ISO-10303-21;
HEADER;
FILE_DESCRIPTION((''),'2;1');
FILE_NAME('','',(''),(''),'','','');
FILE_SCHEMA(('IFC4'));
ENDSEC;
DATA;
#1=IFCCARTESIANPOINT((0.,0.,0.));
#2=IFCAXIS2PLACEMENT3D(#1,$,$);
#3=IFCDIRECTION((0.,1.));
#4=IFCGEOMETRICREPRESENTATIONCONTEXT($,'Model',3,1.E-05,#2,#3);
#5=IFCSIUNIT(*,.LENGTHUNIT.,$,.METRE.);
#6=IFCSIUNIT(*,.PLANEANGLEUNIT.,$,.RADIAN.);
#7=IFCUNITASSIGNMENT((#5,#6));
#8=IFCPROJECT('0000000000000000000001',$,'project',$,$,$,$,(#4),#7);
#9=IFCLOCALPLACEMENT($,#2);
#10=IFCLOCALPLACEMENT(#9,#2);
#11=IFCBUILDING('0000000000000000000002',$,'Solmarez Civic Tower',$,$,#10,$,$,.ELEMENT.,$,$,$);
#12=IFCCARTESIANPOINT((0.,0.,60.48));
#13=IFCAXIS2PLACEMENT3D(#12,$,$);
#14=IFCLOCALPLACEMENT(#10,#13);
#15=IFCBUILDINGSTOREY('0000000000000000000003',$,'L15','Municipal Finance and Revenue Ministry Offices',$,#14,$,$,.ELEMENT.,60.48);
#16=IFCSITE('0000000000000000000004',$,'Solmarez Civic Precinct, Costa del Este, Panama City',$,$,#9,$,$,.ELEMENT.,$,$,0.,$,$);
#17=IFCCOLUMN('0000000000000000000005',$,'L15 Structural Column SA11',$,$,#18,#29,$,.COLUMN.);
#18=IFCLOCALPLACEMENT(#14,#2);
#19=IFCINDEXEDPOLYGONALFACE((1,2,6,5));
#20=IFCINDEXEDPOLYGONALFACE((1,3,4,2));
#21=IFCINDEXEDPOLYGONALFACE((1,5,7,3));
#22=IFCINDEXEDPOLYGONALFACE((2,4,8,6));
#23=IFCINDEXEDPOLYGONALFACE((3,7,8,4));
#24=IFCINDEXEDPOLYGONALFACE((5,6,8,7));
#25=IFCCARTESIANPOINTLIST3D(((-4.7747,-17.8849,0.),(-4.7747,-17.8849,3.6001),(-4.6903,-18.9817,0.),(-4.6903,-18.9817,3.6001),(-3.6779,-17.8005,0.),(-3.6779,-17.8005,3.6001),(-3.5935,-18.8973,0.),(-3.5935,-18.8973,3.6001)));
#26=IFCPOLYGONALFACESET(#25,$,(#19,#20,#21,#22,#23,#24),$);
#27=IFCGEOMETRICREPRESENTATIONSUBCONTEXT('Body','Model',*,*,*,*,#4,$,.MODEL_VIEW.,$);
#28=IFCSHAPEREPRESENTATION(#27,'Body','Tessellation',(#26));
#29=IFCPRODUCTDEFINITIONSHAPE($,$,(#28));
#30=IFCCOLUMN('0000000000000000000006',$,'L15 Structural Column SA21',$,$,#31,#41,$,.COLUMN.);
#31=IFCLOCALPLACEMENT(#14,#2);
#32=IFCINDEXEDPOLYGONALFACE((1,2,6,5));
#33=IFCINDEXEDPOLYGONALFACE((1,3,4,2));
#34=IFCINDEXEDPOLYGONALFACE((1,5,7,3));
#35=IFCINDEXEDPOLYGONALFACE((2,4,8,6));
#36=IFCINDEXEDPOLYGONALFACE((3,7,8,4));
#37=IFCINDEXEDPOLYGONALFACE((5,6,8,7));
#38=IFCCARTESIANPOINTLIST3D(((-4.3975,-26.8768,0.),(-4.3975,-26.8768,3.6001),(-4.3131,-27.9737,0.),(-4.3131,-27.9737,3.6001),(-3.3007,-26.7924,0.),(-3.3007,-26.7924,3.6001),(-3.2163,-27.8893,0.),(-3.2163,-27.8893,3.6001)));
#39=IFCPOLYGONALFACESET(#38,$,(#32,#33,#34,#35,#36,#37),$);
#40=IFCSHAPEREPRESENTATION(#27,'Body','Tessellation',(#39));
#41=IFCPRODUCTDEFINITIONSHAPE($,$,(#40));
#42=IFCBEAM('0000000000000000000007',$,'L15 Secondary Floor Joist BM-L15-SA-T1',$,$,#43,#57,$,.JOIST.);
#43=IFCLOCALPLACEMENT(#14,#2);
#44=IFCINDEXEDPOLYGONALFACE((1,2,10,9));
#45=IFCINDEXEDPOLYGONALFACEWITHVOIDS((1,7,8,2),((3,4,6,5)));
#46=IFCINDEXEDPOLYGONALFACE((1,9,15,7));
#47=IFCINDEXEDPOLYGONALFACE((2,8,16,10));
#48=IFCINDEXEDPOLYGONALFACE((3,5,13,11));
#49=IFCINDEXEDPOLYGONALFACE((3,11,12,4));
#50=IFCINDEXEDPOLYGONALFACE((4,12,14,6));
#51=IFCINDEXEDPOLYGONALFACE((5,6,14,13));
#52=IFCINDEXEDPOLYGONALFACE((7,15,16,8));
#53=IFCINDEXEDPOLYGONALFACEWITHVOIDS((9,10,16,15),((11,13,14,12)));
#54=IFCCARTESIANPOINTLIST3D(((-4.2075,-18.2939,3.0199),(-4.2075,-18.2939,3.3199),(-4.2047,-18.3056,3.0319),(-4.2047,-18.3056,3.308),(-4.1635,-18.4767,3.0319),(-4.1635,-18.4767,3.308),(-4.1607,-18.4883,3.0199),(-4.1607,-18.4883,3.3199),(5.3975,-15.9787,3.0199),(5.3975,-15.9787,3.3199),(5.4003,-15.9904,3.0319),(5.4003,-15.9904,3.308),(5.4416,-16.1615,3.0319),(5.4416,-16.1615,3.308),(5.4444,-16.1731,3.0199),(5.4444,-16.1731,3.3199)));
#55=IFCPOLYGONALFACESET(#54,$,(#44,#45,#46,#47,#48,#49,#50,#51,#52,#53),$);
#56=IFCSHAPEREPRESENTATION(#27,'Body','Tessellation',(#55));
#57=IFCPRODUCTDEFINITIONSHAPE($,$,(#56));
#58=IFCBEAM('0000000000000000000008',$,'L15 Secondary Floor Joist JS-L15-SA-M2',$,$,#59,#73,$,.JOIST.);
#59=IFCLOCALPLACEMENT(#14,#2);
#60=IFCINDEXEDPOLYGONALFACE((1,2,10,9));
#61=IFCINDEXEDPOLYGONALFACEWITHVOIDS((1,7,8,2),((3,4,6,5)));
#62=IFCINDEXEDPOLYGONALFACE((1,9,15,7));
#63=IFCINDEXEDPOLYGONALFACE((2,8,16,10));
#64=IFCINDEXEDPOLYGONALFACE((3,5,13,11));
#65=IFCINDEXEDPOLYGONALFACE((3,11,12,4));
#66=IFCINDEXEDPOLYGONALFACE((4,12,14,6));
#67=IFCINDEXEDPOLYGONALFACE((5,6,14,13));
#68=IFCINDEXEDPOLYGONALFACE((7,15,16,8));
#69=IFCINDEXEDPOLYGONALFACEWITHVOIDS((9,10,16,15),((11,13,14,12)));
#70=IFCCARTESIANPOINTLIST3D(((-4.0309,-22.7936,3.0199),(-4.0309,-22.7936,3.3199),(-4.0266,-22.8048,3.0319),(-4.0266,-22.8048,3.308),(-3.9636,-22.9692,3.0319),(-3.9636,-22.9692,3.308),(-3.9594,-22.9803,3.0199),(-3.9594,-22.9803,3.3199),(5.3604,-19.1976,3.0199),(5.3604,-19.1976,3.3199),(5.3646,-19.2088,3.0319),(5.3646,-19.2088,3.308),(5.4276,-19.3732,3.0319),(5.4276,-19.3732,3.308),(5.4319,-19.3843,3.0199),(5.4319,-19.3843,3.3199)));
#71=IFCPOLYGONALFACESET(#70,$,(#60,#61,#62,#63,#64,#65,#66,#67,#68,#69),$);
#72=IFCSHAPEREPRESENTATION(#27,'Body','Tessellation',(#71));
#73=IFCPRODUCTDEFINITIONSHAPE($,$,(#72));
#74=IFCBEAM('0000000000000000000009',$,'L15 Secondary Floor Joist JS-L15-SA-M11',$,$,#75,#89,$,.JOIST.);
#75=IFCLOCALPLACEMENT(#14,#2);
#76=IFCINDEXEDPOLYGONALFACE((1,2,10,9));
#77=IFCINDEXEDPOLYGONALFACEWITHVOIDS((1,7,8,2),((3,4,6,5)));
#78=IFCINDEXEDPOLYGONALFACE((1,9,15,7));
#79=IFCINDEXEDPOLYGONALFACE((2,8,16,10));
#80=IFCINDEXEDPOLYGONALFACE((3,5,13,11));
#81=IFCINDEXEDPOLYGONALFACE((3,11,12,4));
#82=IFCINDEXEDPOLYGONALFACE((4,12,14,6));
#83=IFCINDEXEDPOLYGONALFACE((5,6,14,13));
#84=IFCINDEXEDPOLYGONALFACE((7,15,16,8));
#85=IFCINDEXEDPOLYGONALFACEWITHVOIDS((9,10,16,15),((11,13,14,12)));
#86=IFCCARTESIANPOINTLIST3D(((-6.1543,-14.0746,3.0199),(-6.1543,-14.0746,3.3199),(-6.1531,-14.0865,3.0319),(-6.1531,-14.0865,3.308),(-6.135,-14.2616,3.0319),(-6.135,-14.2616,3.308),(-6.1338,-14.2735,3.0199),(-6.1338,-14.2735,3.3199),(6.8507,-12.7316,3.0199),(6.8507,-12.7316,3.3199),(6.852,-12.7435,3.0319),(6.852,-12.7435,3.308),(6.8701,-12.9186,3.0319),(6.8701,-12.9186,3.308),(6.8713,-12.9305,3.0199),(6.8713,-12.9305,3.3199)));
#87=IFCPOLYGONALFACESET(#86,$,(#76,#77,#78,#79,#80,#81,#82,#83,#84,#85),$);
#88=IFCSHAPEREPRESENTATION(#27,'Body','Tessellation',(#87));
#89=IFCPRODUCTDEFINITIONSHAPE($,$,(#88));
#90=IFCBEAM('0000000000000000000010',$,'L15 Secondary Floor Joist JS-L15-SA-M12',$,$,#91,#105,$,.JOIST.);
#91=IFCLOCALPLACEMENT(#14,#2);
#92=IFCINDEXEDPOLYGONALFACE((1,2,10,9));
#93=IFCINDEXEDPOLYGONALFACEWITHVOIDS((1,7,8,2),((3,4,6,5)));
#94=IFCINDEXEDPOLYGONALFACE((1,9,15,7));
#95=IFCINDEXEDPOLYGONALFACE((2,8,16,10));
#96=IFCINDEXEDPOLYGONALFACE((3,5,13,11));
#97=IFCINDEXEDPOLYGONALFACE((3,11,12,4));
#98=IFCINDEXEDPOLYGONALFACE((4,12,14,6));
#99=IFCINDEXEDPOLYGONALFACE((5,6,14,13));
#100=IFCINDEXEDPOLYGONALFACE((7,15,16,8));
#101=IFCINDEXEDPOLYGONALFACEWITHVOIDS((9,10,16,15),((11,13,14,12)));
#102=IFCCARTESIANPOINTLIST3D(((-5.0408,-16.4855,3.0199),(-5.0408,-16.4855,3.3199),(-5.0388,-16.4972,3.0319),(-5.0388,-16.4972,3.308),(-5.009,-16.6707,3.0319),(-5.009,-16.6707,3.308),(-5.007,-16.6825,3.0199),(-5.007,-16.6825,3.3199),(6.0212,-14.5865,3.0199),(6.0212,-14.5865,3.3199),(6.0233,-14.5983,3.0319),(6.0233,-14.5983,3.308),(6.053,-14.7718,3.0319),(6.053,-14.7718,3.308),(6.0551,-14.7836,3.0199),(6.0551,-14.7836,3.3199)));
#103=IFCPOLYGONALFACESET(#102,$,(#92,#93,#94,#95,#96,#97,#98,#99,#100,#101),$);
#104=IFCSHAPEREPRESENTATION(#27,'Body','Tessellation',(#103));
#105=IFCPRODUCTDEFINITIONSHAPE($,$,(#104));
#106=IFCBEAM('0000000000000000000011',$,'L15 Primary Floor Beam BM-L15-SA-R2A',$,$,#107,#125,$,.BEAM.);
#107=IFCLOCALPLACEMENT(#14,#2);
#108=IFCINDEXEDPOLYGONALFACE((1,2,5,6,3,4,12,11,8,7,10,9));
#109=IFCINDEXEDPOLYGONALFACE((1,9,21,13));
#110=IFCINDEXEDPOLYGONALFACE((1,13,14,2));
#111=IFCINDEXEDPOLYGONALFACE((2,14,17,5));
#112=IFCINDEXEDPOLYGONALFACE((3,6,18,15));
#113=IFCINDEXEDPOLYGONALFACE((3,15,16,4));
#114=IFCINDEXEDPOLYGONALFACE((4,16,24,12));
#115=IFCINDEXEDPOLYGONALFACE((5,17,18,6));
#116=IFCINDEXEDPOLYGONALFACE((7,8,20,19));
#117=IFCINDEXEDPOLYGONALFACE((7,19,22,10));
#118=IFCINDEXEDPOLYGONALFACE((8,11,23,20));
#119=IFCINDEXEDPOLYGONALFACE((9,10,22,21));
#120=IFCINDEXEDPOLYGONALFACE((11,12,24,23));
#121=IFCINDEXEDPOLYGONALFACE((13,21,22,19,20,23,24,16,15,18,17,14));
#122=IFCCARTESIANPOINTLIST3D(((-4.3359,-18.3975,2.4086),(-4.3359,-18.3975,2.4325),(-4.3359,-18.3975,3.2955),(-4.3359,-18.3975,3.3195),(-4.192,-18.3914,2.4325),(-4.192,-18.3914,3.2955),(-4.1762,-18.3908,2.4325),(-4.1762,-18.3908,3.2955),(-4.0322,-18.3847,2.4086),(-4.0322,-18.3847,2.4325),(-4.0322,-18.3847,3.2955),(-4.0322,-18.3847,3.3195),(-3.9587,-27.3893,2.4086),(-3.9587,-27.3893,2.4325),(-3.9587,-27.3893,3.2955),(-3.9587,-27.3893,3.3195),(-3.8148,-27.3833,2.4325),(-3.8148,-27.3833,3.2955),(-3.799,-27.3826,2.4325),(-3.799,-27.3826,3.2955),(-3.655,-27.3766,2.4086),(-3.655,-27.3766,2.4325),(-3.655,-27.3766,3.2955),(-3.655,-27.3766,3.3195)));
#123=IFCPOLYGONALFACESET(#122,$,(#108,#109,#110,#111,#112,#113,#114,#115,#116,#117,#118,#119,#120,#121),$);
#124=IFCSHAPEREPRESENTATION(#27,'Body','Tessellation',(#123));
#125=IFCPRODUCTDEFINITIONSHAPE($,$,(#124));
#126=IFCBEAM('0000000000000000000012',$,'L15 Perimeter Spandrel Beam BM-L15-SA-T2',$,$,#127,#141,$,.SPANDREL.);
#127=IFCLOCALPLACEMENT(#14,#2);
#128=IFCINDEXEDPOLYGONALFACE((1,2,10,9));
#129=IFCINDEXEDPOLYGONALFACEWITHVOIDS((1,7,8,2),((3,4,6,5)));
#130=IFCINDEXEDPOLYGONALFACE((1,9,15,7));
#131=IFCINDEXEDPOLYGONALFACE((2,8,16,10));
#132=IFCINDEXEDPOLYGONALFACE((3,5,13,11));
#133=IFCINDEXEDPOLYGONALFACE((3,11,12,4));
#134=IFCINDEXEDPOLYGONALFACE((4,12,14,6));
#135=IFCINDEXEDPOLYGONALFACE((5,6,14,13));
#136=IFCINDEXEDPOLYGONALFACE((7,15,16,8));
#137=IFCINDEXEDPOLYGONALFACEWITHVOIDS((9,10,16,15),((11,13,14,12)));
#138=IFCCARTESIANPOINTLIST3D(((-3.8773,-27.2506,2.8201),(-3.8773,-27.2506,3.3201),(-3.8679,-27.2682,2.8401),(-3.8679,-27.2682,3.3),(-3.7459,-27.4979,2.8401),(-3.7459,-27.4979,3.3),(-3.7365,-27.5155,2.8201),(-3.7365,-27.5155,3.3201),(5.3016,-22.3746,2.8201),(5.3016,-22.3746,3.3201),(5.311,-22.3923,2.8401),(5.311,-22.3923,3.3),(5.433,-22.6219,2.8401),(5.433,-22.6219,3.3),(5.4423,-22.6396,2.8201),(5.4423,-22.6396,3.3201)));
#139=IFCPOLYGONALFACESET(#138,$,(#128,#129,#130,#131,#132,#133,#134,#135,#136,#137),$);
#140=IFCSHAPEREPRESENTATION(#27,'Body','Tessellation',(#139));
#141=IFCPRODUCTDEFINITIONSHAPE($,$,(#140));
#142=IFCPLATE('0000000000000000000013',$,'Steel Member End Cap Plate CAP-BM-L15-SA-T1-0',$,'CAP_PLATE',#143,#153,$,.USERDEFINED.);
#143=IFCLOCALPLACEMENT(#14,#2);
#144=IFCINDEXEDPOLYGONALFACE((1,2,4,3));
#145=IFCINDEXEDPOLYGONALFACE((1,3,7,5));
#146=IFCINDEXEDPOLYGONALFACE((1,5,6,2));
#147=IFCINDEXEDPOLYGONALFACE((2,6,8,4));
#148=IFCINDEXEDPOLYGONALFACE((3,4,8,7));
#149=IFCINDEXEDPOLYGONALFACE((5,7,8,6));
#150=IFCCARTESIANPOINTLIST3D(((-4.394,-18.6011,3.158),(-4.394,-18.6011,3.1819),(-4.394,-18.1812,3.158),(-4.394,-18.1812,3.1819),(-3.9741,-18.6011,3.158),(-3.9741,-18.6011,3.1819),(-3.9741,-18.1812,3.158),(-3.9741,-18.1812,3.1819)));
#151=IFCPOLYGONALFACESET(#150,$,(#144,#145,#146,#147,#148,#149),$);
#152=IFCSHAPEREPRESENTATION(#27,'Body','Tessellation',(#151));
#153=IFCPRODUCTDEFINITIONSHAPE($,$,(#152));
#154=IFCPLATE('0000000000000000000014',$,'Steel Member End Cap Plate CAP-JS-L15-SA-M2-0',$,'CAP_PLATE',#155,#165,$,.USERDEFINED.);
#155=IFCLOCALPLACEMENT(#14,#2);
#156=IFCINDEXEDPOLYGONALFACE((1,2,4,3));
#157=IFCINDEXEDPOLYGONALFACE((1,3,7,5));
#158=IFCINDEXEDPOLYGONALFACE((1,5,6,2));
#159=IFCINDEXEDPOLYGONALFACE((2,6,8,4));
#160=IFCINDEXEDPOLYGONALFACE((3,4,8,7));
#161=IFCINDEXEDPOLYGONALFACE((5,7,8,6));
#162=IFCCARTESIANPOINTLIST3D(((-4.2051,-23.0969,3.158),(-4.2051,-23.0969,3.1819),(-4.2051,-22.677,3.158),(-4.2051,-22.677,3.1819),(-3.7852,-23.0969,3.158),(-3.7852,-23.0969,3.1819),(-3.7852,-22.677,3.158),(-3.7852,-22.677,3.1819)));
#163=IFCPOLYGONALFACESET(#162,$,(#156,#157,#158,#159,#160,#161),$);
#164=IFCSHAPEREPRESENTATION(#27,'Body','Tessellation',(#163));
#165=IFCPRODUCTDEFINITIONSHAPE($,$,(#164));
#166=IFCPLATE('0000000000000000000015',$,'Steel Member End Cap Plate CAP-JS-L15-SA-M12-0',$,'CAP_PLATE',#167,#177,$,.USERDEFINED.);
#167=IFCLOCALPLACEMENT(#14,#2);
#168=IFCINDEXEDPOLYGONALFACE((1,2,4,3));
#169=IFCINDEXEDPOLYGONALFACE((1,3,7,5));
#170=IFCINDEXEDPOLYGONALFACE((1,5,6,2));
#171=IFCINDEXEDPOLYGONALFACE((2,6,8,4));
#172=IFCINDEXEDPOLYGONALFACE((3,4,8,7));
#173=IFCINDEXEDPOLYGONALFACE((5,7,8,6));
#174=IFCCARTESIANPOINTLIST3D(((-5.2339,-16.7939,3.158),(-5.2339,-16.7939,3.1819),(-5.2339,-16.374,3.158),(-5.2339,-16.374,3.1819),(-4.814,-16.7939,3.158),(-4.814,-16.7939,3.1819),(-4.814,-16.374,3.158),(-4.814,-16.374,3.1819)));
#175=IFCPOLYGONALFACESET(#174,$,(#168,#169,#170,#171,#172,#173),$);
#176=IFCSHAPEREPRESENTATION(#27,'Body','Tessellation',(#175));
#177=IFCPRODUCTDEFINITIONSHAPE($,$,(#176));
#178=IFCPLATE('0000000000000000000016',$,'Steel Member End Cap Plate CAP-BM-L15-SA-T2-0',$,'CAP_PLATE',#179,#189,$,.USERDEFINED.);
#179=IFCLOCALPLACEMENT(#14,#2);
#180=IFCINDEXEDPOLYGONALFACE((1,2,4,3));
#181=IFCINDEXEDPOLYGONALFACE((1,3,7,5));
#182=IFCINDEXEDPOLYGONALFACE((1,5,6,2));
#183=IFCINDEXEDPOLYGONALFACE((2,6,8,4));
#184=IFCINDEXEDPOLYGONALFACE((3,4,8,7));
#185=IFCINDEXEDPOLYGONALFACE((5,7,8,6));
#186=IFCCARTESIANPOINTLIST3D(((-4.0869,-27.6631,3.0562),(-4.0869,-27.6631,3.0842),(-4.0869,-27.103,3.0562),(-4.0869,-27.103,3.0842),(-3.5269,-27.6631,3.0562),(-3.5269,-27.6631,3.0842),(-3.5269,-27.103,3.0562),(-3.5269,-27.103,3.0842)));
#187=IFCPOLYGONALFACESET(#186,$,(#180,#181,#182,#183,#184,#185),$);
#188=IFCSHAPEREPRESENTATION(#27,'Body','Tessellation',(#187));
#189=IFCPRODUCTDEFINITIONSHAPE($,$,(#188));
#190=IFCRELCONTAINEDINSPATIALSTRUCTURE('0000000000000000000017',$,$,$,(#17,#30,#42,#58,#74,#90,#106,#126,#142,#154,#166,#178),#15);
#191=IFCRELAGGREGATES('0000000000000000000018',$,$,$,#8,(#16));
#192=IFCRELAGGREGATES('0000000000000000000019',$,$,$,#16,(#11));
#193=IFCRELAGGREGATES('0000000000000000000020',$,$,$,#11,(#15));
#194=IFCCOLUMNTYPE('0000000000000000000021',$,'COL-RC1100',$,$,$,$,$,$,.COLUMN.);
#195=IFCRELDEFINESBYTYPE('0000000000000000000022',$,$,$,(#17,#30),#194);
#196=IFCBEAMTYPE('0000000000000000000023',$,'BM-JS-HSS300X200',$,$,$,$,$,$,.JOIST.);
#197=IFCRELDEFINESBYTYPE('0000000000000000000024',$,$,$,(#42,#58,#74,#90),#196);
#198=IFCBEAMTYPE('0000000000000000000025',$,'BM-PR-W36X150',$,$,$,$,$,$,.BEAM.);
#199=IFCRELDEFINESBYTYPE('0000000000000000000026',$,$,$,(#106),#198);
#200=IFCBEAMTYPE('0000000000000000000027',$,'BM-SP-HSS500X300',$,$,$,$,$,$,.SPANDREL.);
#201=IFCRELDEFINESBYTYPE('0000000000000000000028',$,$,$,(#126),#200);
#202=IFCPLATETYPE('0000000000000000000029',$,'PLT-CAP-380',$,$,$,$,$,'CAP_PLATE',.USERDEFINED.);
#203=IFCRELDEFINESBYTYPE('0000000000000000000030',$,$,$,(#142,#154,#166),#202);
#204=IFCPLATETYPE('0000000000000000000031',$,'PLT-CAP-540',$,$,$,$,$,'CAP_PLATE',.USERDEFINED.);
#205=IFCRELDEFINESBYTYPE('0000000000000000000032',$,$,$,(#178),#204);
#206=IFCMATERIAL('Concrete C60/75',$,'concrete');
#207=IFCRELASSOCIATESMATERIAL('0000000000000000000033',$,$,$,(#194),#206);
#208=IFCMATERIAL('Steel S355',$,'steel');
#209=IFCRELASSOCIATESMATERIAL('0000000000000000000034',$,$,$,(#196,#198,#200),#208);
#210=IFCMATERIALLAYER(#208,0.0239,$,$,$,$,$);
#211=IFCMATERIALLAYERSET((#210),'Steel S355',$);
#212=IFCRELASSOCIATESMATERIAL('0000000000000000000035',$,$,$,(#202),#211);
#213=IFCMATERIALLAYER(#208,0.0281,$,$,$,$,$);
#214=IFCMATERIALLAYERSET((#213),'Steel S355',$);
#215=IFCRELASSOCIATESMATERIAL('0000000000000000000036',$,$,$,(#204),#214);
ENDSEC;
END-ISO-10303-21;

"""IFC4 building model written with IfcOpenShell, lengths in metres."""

from ifc_helpers import new_model, si_unit, direction, frame, origin, origin_2d, place, context, subcontext, project, spatial, rectangle, hollow_rectangle, i_section, extrude, material, layer, layer_set, material_profile, profile_set, type_object, element, save


model = new_model("IFC4")

# Units and contexts
model_context = context("Model", 3, precision=1e-05, world=origin(), true_north=direction((0.0, 1.0)))
body_context = subcontext(model_context, "Body", "Model", "MODEL_VIEW")
ifc_project = project(units=[si_unit("LENGTHUNIT", "METRE"), si_unit("PLANEANGLEUNIT", "RADIAN")], contexts=[model_context])

# Site, building, storey
site_placement = place(None, origin())
site = spatial("IfcSite", under=ifc_project, at=site_placement, Name="Solmarez Civic Precinct, Costa del Este, Panama City", CompositionType="ELEMENT", RefElevation=0.0)
building_placement = place(site_placement, origin())
building = spatial("IfcBuilding", under=site, at=building_placement, Name="Solmarez Civic Tower", CompositionType="ELEMENT")
storey_placement = place(building_placement, frame((0.0, 0.0, 60.48)))
storey = spatial("IfcBuildingStorey", under=building, at=storey_placement, Name="L15", Description="Municipal Finance and Revenue Ministry Offices", CompositionType="ELEMENT", Elevation=60.48)

# Columns
ifc_material_1 = material(Name="Concrete C60/75", Category="concrete")
ifc_material_profile_1 = material_profile(ifc_material_1, rectangle(XDim=1.1001, YDim=1.1001, at=origin_2d()), Name="RC1100X1100")
ifc_profile_set_1 = profile_set([ifc_material_profile_1], Name="Concrete C60/75")
column_type = type_object("IfcColumnType", Name="COL-RC1100", PredefinedType="COLUMN", material=ifc_profile_set_1)
for number, where, z_axis, x_axis, name in (
    (1, (-4.1841, -18.3911, 0.0), (0.0, 0.0, 1.0), (0.997053, 0.076719, 0.0), "L15 Structural Column SA11"),
    (2, (-3.8069, -27.3831, 0.0), (0.0, 0.0, 1.0), (0.997053, 0.076719, 0.0), "L15 Structural Column SA21"),
):
    element("IfcColumn", number, at=place(storey_placement, frame(where, z_axis=z_axis, x_axis=x_axis)), inside=storey, type_object=column_type, Name=name, PredefinedType="COLUMN", context=body_context, shape_type="SweptSolid", body=[
        extrude(rectangle(XDim=1.1001, YDim=1.1001, at=origin_2d()), origin(), (0.0, 0.0, 1.0), 3.6001),
    ])

# Beams
ifc_material_2 = material(Name="Steel S355", Category="steel")
ifc_material_profile_2 = material_profile(ifc_material_2, hollow_rectangle(XDim=0.2, YDim=0.3, WallThickness=0.012, at=origin_2d()), Name="HSS300X200X12")
ifc_profile_set_2 = profile_set([ifc_material_profile_2], Name="Steel S355")
beam_type_1 = type_object("IfcBeamType", Name="BM-JS-HSS300X200", PredefinedType="JOIST", material=ifc_profile_set_2)
beam_1_placement = place(storey_placement, frame((-4.1841, -18.3911, 3.1699), z_axis=(0.972157, 0.234329, 0.0), x_axis=(-0.234329, 0.972157, 0.0)))
element("IfcBeam", 3, at=beam_1_placement, inside=storey, type_object=beam_type_1, Name="L15 Secondary Floor Joist BM-L15-SA-T1", PredefinedType="JOIST", context=body_context, shape_type="SweptSolid", body=[
    extrude(hollow_rectangle(XDim=0.2, YDim=0.3, WallThickness=0.012, at=origin_2d()), origin(), (0.0, 0.0, 1.0), 9.8801),
])
beam_2_placement = place(storey_placement, frame((-3.9951, -22.887, 3.1699), z_axis=(0.933878, 0.357591, 0.0), x_axis=(-0.357591, 0.933878, 0.0)))
element("IfcBeam", 4, at=beam_2_placement, inside=storey, type_object=beam_type_1, Name="L15 Secondary Floor Joist JS-L15-SA-M2", PredefinedType="JOIST", context=body_context, shape_type="SweptSolid", body=[
    extrude(hollow_rectangle(XDim=0.2, YDim=0.3, WallThickness=0.012, at=origin_2d()), origin(), (0.0, 0.0, 1.0), 10.0562),
])
beam_3_placement = place(storey_placement, frame((-6.144, -14.1741, 3.1699), z_axis=(0.99471, 0.102722, 0.0), x_axis=(-0.102722, 0.99471, 0.0)))
element("IfcBeam", 5, at=beam_3_placement, inside=storey, type_object=beam_type_1, Name="L15 Secondary Floor Joist JS-L15-SA-M11", PredefinedType="JOIST", context=body_context, shape_type="SweptSolid", body=[
    extrude(hollow_rectangle(XDim=0.2, YDim=0.3, WallThickness=0.012, at=origin_2d()), origin(), (0.0, 0.0, 1.0), 13.0742),
])
beam_4_placement = place(storey_placement, frame((-5.0239, -16.584, 3.1699), z_axis=(0.985584, 0.169187, 0.0), x_axis=(-0.169187, 0.985584, 0.0)))
element("IfcBeam", 6, at=beam_4_placement, inside=storey, type_object=beam_type_1, Name="L15 Secondary Floor Joist JS-L15-SA-M12", PredefinedType="JOIST", context=body_context, shape_type="SweptSolid", body=[
    extrude(hollow_rectangle(XDim=0.2, YDim=0.3, WallThickness=0.012, at=origin_2d()), origin(), (0.0, 0.0, 1.0), 11.2239),
])
ifc_material_profile_3 = material_profile(ifc_material_2, i_section(OverallWidth=0.304, OverallDepth=0.9109, WebThickness=0.0159, FlangeThickness=0.0239, at=origin_2d()), Name="W36X150")
ifc_profile_set_3 = profile_set([ifc_material_profile_3], Name="Steel S355")
beam_type_2 = type_object("IfcBeamType", Name="BM-PR-W36X150", PredefinedType="BEAM", material=ifc_profile_set_3)
beam_5_placement = place(storey_placement, frame((-4.1841, -18.3911, 2.864), z_axis=(0.041911, -0.999121, 0.0), x_axis=(0.999121, 0.041911, 0.0)))
element("IfcBeam", 7, at=beam_5_placement, inside=storey, type_object=beam_type_2, Name="L15 Primary Floor Beam BM-L15-SA-R2A", PredefinedType="BEAM", context=body_context, shape_type="SweptSolid", body=[
    extrude(i_section(OverallWidth=0.304, OverallDepth=0.9109, WebThickness=0.0159, FlangeThickness=0.0239, at=origin_2d()), origin(), (0.0, 0.0, 1.0), 8.9998),
])
ifc_material_profile_4 = material_profile(ifc_material_2, hollow_rectangle(XDim=0.3, YDim=0.5, WallThickness=0.02, at=origin_2d()), Name="HSS500X300X20")
ifc_profile_set_4 = profile_set([ifc_material_profile_4], Name="Steel S355")
beam_type_3 = type_object("IfcBeamType", Name="BM-SP-HSS500X300", PredefinedType="SPANDREL", material=ifc_profile_set_4)
beam_6_placement = place(storey_placement, frame((-3.8069, -27.3831, 3.0701), z_axis=(0.883129, 0.469129, 0.0), x_axis=(-0.469129, 0.883129, 0.0)))
element("IfcBeam", 8, at=beam_6_placement, inside=storey, type_object=beam_type_3, Name="L15 Perimeter Spandrel Beam BM-L15-SA-T2", PredefinedType="SPANDREL", context=body_context, shape_type="SweptSolid", body=[
    extrude(hollow_rectangle(XDim=0.3, YDim=0.5, WallThickness=0.02, at=origin_2d()), origin(), (0.0, 0.0, 1.0), 10.3936),
])

# Plates
ifc_layer_1 = layer(ifc_material_2, 0.0239)
ifc_layer_set_1 = layer_set([ifc_layer_1], Name="Steel S355")
plate_type_1 = type_object("IfcPlateType", Name="PLT-CAP-380", ElementType="CAP_PLATE", PredefinedType="USERDEFINED", material=ifc_layer_set_1)
for number, where, z_axis, x_axis, name in (
    (9, (-4.1841, -18.3911, 3.158), (0.0, 0.0, 1.0), (1.0, 0.0, 0.0), "Steel Member End Cap Plate CAP-BM-L15-SA-T1-0"),
    (10, (-3.9951, -22.887, 3.158), (0.0, 0.0, 1.0), (1.0, 0.0, 0.0), "Steel Member End Cap Plate CAP-JS-L15-SA-M2-0"),
    (11, (-5.0239, -16.584, 3.158), (0.0, 0.0, 1.0), (1.0, 0.0, 0.0), "Steel Member End Cap Plate CAP-JS-L15-SA-M12-0"),
):
    element("IfcPlate", number, at=place(storey_placement, frame(where, z_axis=z_axis, x_axis=x_axis)), inside=storey, type_object=plate_type_1, Name=name, ObjectType="CAP_PLATE", PredefinedType="USERDEFINED", context=body_context, shape_type="SweptSolid", body=[
        extrude(rectangle(XDim=0.4199, YDim=0.4199, at=origin_2d()), origin(), (0.0, 0.0, 1.0), 0.0239),
    ])
ifc_layer_2 = layer(ifc_material_2, 0.0281)
ifc_layer_set_2 = layer_set([ifc_layer_2], Name="Steel S355")
plate_type_2 = type_object("IfcPlateType", Name="PLT-CAP-540", ElementType="CAP_PLATE", PredefinedType="USERDEFINED", material=ifc_layer_set_2)
plate_placement = place(storey_placement, frame((-3.8069, -27.3831, 3.0562), z_axis=(0.0, 0.0, 1.0), x_axis=(1.0, 0.0, 0.0)))
element("IfcPlate", 12, at=plate_placement, inside=storey, type_object=plate_type_2, Name="Steel Member End Cap Plate CAP-BM-L15-SA-T2-0", ObjectType="CAP_PLATE", PredefinedType="USERDEFINED", context=body_context, shape_type="SweptSolid", body=[
    extrude(rectangle(XDim=0.5601, YDim=0.5601, at=origin_2d()), origin(), (0.0, 0.0, 1.0), 0.0281),
])

save(model, "model.ifc")
